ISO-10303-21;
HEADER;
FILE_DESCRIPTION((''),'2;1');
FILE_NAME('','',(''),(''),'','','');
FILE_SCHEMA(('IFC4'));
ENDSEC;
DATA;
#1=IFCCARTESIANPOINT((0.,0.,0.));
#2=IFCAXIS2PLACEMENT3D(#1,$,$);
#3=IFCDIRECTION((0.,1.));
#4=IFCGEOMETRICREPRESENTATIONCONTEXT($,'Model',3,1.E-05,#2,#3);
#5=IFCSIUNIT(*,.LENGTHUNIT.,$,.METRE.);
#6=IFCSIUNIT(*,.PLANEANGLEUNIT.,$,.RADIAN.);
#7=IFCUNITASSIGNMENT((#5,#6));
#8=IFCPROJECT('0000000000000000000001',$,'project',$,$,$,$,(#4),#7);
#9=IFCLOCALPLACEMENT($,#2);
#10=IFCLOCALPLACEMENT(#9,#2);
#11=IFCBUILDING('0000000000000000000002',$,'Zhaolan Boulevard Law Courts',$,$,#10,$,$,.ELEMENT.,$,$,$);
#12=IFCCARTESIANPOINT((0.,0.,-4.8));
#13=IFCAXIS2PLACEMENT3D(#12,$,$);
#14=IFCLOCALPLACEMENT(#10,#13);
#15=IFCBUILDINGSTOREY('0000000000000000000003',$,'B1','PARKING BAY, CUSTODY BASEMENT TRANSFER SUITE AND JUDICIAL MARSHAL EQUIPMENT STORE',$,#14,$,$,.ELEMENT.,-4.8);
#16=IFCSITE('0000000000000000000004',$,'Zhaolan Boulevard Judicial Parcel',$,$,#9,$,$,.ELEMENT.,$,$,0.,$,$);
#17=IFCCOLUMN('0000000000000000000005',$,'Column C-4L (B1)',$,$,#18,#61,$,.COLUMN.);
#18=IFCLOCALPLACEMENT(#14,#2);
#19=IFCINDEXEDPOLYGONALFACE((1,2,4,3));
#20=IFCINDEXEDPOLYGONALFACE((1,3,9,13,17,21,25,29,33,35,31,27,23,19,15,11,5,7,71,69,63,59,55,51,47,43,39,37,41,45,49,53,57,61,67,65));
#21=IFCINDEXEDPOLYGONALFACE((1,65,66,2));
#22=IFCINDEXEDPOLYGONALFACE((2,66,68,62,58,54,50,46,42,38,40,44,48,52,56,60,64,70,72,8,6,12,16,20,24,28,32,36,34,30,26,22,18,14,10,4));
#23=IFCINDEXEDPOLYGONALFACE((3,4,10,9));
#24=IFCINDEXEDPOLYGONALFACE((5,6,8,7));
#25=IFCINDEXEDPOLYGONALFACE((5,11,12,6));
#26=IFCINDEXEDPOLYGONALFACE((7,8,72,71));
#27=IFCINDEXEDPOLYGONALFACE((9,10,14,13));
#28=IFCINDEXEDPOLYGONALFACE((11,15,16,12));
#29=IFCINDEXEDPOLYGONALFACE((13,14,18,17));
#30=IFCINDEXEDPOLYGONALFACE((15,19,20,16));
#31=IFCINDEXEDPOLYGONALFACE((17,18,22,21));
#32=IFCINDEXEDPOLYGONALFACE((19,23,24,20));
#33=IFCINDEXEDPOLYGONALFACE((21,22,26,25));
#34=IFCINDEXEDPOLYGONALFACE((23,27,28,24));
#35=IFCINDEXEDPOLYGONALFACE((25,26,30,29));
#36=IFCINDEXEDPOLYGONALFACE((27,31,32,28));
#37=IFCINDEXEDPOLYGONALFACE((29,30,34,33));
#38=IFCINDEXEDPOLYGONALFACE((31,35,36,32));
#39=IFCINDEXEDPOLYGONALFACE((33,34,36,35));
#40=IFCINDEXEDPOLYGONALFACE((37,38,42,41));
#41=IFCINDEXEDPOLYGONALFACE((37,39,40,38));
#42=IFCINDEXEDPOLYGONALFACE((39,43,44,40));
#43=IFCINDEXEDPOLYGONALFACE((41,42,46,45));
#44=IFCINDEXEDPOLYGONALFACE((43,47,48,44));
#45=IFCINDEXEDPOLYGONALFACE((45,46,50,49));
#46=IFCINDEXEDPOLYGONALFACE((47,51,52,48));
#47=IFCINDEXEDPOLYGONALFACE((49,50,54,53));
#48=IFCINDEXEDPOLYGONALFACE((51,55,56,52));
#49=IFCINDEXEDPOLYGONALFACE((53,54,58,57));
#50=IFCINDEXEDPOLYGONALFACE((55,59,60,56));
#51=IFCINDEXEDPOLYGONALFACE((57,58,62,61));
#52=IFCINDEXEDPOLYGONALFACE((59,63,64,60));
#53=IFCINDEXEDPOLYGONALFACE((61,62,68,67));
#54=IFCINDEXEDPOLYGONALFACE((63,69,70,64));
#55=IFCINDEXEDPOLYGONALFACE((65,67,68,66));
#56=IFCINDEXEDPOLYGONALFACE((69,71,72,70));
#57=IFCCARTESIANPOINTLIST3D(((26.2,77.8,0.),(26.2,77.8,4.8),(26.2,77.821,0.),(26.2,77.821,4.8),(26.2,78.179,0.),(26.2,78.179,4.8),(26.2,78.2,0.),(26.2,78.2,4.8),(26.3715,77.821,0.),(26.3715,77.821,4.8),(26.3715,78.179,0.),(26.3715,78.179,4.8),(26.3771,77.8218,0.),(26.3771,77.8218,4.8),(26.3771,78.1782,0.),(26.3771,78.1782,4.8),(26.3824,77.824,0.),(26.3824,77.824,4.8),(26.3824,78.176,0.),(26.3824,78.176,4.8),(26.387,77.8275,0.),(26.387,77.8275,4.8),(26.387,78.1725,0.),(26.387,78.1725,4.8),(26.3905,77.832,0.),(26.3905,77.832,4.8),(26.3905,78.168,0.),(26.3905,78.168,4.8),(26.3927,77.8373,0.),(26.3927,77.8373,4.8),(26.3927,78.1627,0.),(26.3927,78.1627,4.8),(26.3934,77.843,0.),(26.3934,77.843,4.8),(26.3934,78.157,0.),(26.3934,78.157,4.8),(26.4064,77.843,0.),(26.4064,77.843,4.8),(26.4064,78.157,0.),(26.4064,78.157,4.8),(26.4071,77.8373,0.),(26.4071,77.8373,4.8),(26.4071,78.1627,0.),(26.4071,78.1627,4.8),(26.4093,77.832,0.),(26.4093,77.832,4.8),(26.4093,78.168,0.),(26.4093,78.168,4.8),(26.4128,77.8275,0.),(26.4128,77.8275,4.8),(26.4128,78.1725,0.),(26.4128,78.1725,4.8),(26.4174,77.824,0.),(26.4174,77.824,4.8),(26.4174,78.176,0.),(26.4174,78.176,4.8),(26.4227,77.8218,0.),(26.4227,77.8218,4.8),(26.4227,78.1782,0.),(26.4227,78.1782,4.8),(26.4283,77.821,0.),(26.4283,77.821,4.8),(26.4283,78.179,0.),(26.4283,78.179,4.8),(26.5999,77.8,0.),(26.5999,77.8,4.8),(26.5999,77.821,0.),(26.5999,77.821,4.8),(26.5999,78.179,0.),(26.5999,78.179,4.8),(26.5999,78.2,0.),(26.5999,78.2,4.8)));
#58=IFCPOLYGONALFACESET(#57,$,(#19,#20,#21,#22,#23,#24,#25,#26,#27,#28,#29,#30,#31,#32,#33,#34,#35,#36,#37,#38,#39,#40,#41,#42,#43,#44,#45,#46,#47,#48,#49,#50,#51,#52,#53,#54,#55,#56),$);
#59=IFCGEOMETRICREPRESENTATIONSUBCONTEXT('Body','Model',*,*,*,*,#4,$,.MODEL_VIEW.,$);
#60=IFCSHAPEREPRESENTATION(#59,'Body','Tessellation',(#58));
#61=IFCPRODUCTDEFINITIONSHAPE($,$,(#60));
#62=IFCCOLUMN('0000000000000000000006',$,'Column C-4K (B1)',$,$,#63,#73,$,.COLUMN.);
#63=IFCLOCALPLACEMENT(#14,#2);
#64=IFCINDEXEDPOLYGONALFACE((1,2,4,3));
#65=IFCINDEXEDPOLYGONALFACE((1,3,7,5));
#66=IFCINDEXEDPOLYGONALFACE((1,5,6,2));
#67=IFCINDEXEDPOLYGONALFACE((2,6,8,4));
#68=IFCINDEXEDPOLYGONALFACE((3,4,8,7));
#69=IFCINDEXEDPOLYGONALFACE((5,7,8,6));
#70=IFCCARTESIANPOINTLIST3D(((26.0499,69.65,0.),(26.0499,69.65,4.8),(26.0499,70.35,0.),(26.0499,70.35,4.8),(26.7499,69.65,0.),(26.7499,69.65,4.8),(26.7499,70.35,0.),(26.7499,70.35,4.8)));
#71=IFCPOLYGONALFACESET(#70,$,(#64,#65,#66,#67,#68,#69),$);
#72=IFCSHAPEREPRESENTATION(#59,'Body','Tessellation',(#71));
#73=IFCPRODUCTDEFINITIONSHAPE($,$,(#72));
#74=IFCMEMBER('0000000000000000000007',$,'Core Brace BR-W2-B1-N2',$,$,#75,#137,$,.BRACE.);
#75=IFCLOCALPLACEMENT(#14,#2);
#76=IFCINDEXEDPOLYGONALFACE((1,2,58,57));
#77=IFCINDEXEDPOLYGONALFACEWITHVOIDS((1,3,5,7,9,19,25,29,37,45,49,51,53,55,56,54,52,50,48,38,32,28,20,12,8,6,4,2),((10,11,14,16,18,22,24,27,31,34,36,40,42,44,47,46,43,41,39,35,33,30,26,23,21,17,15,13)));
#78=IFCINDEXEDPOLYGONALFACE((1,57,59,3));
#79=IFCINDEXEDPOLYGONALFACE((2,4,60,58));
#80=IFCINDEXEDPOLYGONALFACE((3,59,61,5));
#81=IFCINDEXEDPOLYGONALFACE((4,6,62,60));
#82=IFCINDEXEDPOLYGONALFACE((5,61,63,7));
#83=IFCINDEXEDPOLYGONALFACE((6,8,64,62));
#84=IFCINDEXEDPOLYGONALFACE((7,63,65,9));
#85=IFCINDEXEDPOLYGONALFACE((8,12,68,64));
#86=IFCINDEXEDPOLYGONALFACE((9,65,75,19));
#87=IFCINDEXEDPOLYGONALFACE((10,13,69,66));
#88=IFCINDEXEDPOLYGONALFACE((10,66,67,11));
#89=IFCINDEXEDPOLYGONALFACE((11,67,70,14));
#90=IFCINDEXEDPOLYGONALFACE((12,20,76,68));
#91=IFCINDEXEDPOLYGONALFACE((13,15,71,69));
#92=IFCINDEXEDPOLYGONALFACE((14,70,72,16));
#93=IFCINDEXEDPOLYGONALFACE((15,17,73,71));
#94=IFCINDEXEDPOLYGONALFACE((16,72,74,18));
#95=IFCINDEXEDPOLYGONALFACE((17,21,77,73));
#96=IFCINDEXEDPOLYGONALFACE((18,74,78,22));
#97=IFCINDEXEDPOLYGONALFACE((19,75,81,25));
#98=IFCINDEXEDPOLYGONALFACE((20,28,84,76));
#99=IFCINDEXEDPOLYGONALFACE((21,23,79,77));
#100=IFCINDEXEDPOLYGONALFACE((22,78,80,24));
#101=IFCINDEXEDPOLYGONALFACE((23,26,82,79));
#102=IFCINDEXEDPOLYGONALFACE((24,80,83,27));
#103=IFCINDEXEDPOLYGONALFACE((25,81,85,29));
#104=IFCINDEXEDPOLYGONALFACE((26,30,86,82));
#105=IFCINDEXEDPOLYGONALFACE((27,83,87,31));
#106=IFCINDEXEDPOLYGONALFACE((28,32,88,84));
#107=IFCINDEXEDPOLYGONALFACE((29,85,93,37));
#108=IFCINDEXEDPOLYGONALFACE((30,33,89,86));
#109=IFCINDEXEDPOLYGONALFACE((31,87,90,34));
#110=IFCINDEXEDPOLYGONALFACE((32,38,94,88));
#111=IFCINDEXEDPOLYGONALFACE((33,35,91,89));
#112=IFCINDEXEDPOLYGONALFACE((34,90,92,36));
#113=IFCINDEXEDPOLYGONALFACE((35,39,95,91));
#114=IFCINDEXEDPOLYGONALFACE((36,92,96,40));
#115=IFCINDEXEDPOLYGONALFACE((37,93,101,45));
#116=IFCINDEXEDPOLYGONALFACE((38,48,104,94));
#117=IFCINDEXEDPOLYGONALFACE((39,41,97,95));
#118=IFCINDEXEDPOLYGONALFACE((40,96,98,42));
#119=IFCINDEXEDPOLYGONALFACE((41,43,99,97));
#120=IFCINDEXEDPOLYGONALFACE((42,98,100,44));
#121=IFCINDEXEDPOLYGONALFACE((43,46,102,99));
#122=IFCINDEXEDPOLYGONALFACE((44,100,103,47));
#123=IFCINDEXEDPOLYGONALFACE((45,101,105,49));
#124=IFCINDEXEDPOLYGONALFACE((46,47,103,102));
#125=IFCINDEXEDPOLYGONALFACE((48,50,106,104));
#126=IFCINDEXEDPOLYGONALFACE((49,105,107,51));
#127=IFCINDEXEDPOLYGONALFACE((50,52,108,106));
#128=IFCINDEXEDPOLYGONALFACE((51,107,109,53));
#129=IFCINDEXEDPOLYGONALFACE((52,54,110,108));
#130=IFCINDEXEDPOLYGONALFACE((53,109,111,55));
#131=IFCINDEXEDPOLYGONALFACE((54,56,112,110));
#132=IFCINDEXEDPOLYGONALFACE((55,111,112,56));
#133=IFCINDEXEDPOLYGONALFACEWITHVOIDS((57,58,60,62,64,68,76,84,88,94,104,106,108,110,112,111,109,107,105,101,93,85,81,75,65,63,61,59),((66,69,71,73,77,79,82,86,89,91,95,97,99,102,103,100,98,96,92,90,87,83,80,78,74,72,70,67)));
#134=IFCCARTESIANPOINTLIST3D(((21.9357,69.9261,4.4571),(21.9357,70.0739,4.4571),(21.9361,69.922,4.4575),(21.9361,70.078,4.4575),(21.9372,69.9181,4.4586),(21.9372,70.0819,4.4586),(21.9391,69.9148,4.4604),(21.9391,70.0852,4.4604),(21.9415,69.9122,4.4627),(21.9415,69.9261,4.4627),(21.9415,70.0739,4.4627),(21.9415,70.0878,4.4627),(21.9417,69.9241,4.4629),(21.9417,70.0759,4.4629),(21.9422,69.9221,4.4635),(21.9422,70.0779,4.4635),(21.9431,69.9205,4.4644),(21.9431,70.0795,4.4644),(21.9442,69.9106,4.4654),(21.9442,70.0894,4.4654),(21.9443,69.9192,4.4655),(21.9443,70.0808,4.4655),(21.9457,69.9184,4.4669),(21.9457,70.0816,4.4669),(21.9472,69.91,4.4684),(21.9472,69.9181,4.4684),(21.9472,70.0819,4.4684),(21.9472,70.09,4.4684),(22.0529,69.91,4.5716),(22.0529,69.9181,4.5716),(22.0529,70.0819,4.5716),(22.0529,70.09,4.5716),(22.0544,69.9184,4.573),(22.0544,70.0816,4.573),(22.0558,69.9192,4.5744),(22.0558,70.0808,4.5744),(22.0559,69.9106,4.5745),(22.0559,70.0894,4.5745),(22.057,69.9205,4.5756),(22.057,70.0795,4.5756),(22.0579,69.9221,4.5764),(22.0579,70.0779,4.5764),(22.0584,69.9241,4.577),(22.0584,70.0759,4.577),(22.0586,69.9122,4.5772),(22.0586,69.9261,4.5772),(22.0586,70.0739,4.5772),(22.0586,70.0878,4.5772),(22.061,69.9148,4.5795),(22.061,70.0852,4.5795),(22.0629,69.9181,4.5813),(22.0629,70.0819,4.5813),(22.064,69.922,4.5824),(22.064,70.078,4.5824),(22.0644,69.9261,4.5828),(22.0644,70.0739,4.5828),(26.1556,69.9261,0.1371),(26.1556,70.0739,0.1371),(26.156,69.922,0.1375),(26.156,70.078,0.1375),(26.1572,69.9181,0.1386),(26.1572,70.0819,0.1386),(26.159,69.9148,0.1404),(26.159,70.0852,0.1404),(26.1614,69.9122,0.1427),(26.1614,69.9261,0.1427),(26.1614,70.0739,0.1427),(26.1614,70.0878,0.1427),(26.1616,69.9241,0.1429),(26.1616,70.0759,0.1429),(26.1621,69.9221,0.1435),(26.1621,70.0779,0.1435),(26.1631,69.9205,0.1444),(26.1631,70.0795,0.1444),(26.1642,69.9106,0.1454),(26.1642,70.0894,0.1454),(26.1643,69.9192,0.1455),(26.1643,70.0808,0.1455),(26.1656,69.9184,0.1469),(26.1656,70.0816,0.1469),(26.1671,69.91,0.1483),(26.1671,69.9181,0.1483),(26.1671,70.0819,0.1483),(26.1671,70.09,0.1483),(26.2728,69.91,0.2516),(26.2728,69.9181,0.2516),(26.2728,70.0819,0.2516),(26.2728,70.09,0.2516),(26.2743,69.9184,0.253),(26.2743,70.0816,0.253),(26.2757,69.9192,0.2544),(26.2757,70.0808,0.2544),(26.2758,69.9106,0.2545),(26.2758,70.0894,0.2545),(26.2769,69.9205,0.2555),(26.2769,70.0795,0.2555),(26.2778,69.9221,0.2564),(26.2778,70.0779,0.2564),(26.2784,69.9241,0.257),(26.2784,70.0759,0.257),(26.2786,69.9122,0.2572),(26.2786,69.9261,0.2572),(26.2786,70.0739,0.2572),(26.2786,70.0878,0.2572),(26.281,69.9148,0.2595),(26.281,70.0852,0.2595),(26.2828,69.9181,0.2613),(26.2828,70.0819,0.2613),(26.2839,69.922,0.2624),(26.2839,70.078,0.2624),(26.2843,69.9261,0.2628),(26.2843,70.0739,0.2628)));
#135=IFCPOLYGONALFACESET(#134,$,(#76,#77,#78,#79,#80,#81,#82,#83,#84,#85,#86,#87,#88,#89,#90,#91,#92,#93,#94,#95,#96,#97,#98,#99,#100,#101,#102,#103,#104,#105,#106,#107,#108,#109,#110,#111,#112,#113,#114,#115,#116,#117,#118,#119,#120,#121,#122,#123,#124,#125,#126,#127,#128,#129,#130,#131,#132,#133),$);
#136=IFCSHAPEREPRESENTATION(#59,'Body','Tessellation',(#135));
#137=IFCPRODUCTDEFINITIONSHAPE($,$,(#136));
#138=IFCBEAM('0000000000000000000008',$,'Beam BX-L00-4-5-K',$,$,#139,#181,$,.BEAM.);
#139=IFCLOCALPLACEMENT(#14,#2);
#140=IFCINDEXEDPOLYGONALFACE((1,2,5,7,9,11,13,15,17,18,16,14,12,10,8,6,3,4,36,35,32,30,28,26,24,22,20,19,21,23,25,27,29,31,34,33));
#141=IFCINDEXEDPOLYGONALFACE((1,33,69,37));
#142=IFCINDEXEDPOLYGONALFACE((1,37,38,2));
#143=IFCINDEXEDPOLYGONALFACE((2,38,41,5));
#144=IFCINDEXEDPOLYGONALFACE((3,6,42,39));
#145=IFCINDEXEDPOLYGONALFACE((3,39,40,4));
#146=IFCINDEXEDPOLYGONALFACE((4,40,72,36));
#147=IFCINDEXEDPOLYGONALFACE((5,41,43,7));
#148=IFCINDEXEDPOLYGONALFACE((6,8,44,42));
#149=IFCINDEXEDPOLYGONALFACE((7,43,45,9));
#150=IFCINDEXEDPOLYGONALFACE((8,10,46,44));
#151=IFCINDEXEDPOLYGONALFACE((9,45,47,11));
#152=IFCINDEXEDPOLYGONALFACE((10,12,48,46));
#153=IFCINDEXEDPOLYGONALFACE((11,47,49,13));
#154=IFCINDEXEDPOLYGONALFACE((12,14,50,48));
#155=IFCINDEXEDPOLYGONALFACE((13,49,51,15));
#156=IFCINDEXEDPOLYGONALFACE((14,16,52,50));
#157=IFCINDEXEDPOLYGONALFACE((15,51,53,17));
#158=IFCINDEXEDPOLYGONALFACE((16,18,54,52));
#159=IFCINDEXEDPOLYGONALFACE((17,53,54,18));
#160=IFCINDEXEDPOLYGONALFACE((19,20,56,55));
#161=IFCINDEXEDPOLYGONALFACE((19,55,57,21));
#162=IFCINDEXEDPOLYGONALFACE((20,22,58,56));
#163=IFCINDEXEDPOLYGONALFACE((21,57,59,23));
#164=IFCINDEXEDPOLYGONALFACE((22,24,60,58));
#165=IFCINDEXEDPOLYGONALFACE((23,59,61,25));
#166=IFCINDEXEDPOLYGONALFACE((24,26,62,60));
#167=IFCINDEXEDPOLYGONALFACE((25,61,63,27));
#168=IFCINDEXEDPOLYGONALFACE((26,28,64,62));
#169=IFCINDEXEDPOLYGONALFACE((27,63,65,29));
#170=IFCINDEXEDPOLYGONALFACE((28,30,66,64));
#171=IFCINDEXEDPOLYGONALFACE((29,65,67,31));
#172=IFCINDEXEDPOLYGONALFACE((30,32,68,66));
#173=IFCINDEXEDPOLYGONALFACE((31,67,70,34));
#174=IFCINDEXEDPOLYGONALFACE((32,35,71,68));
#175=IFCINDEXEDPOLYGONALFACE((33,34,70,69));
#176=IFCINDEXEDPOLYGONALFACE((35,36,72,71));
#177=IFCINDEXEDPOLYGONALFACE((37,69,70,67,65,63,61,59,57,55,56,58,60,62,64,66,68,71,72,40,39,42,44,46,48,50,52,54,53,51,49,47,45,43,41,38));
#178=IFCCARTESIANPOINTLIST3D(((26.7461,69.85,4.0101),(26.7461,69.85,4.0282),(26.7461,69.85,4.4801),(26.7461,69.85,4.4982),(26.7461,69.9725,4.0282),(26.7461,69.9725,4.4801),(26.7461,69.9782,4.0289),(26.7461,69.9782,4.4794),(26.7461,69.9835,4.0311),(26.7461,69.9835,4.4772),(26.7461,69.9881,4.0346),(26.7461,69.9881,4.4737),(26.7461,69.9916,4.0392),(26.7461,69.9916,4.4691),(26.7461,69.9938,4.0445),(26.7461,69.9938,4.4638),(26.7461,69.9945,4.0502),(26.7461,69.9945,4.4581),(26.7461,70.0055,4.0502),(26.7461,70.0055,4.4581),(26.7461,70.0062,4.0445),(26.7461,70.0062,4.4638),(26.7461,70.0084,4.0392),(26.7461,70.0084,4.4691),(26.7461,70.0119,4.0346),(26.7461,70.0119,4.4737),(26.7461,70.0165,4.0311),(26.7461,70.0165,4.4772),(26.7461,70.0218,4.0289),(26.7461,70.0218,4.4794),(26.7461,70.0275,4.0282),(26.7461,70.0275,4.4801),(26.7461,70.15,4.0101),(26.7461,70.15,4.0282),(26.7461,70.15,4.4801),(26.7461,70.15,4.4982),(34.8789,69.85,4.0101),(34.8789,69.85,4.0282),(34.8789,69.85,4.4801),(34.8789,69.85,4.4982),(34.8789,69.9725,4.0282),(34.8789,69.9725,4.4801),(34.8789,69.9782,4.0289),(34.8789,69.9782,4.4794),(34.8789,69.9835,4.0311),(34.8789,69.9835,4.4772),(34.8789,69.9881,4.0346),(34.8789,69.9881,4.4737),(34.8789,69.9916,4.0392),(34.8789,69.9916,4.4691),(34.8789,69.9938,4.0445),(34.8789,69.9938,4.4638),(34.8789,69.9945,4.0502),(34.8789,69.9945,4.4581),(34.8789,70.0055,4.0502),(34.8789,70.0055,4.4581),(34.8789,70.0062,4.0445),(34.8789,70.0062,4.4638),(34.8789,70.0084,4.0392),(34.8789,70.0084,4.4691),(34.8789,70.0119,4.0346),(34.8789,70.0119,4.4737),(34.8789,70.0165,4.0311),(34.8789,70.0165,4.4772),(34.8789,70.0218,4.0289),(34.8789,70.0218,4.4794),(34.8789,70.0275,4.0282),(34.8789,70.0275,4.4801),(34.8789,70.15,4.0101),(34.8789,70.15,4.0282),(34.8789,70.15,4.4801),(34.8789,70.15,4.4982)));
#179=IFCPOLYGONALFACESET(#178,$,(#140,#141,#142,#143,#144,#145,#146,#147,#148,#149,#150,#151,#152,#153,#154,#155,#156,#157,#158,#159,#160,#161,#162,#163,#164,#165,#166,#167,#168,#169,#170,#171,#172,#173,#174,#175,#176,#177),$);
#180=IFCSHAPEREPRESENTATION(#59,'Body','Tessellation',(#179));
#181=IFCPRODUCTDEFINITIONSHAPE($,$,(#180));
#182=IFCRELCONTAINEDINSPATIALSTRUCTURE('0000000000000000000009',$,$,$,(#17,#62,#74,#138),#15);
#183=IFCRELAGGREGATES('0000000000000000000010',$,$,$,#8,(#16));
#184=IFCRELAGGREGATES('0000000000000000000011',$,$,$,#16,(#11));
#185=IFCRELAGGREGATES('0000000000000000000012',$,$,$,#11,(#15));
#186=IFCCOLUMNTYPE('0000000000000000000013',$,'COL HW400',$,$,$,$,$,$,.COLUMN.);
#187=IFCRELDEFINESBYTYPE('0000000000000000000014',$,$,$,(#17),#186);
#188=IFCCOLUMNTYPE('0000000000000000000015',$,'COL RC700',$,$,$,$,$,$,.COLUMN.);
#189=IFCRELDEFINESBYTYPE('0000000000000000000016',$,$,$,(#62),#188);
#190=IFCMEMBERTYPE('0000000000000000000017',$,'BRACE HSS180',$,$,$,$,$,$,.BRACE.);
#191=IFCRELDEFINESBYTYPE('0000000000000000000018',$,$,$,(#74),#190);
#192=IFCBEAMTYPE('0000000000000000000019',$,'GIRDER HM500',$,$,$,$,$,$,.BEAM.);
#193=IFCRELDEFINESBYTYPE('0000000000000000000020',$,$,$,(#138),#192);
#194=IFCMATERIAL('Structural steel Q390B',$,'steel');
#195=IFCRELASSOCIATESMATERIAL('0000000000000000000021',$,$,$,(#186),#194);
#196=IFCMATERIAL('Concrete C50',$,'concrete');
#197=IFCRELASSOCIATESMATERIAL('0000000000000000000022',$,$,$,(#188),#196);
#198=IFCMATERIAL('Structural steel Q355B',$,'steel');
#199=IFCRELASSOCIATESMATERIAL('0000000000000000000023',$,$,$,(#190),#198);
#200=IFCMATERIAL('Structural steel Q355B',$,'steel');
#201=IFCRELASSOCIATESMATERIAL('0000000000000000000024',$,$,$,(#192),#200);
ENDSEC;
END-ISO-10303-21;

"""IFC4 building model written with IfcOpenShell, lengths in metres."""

from ifc_helpers import new_model, si_unit, direction, frame, origin, origin_2d, place, context, subcontext, project, spatial, rectangle, hollow_rectangle, i_section, extrude, material, material_profile, profile_set, type_object, element, save


model = new_model("IFC4")

# Units and contexts
model_context = context("Model", 3, precision=1e-05, world=origin(), true_north=direction((0.0, 1.0)))
body_context = subcontext(model_context, "Body", "Model", "MODEL_VIEW")
ifc_project = project(units=[si_unit("LENGTHUNIT", "METRE"), si_unit("PLANEANGLEUNIT", "RADIAN")], contexts=[model_context])

# Site, building, storey
site_placement = place(None, origin())
site = spatial("IfcSite", under=ifc_project, at=site_placement, Name="Zhaolan Boulevard Judicial Parcel", CompositionType="ELEMENT", RefElevation=0.0)
building_placement = place(site_placement, origin())
building = spatial("IfcBuilding", under=site, at=building_placement, Name="Zhaolan Boulevard Law Courts", CompositionType="ELEMENT")
storey_placement = place(building_placement, frame((0.0, 0.0, -4.8)))
storey = spatial("IfcBuildingStorey", under=building, at=storey_placement, Name="B1", Description="PARKING BAY, CUSTODY BASEMENT TRANSFER SUITE AND JUDICIAL MARSHAL EQUIPMENT STORE", CompositionType="ELEMENT", Elevation=-4.8)

# Columns
ifc_material_1 = material(Name="Structural steel Q390B", Category="steel")
ifc_material_profile_1 = material_profile(ifc_material_1, i_section(OverallWidth=0.3999, OverallDepth=0.3999, WebThickness=0.0129, FlangeThickness=0.021, FilletRadius=0.022, at=origin_2d()), Name="HW400x400")
ifc_profile_set_1 = profile_set([ifc_material_profile_1], Name="Structural steel Q390B")
column_type_1 = type_object("IfcColumnType", Name="COL HW400", PredefinedType="COLUMN", material=ifc_profile_set_1)
column_1_placement = place(storey_placement, frame((26.3999, 78.0, 0.0), z_axis=(0.0, 0.0, 1.0), x_axis=(1.0, 0.0, 0.0)))
element("IfcColumn", 1, at=column_1_placement, inside=storey, type_object=column_type_1, Name="Column C-4L (B1)", PredefinedType="COLUMN", context=body_context, shape_type="SweptSolid", body=[
    extrude(i_section(OverallWidth=0.3999, OverallDepth=0.3999, WebThickness=0.0129, FlangeThickness=0.021, FilletRadius=0.022, at=origin_2d()), origin(), (0.0, 0.0, 1.0), 4.8),
])
ifc_material_2 = material(Name="Concrete C50", Category="concrete")
ifc_material_profile_2 = material_profile(ifc_material_2, rectangle(XDim=0.7, YDim=0.7, at=origin_2d()), Name="RC700x700")
ifc_profile_set_2 = profile_set([ifc_material_profile_2], Name="Concrete C50")
column_type_2 = type_object("IfcColumnType", Name="COL RC700", PredefinedType="COLUMN", material=ifc_profile_set_2)
column_2_placement = place(storey_placement, frame((26.3999, 70.0, 0.0), z_axis=(0.0, 0.0, 1.0), x_axis=(1.0, 0.0, 0.0)))
element("IfcColumn", 2, at=column_2_placement, inside=storey, type_object=column_type_2, Name="Column C-4K (B1)", PredefinedType="COLUMN", context=body_context, shape_type="SweptSolid", body=[
    extrude(rectangle(XDim=0.7, YDim=0.7, at=origin_2d()), origin(), (0.0, 0.0, 1.0), 4.8),
])

# Member
ifc_material_3 = material(Name="Structural steel Q355B", Category="steel")
ifc_material_profile_3 = material_profile(ifc_material_3, hollow_rectangle(XDim=0.1799, YDim=0.1799, WallThickness=0.0081, InnerFilletRadius=0.0081, OuterFilletRadius=0.0161, at=origin_2d()), Name="HSS180x180x8")
ifc_profile_set_3 = profile_set([ifc_material_profile_3], Name="Structural steel Q355B")
member_type = type_object("IfcMemberType", Name="BRACE HSS180", PredefinedType="BRACE", material=ifc_profile_set_3)
member_placement = place(storey_placement, frame((26.22, 70.0, 0.2), z_axis=(-0.698771, 0.0, 0.715346), x_axis=(0.0, -1.0, 0.0)))
element("IfcMember", 3, at=member_placement, inside=storey, type_object=member_type, Name="Core Brace BR-W2-B1-N2", PredefinedType="BRACE", context=body_context, shape_type="SweptSolid", body=[
    extrude(hollow_rectangle(XDim=0.1799, YDim=0.1799, WallThickness=0.0081, InnerFilletRadius=0.0081, OuterFilletRadius=0.0161, at=origin_2d()), origin(), (0.0, 0.0, 1.0), 6.0391),
])

# Beam
ifc_material_4 = material(Name="Structural steel Q355B", Category="steel")
ifc_material_profile_4 = material_profile(ifc_material_4, i_section(OverallWidth=0.3, OverallDepth=0.488, WebThickness=0.011, FlangeThickness=0.0181, FilletRadius=0.022, at=origin_2d()), Name="HM488x300")
ifc_profile_set_4 = profile_set([ifc_material_profile_4], Name="Structural steel Q355B")
beam_type_1 = type_object("IfcBeamType", Name="GIRDER HM500", PredefinedType="BEAM", material=ifc_profile_set_4)
beam_1_placement = place(storey_placement, frame((26.7461, 70.0, 4.2542), z_axis=(1.0, 0.0, 0.0), x_axis=(0.0, 1.0, 0.0)))
element("IfcBeam", 4, at=beam_1_placement, inside=storey, type_object=beam_type_1, Name="Beam BX-L00-4-5-K", PredefinedType="BEAM", context=body_context, shape_type="SweptSolid", body=[
    extrude(i_section(OverallWidth=0.3, OverallDepth=0.488, WebThickness=0.011, FlangeThickness=0.0181, FilletRadius=0.022, at=origin_2d()), origin(), (0.0, 0.0, 1.0), 8.1328),
])

save(model, "model.ifc")
